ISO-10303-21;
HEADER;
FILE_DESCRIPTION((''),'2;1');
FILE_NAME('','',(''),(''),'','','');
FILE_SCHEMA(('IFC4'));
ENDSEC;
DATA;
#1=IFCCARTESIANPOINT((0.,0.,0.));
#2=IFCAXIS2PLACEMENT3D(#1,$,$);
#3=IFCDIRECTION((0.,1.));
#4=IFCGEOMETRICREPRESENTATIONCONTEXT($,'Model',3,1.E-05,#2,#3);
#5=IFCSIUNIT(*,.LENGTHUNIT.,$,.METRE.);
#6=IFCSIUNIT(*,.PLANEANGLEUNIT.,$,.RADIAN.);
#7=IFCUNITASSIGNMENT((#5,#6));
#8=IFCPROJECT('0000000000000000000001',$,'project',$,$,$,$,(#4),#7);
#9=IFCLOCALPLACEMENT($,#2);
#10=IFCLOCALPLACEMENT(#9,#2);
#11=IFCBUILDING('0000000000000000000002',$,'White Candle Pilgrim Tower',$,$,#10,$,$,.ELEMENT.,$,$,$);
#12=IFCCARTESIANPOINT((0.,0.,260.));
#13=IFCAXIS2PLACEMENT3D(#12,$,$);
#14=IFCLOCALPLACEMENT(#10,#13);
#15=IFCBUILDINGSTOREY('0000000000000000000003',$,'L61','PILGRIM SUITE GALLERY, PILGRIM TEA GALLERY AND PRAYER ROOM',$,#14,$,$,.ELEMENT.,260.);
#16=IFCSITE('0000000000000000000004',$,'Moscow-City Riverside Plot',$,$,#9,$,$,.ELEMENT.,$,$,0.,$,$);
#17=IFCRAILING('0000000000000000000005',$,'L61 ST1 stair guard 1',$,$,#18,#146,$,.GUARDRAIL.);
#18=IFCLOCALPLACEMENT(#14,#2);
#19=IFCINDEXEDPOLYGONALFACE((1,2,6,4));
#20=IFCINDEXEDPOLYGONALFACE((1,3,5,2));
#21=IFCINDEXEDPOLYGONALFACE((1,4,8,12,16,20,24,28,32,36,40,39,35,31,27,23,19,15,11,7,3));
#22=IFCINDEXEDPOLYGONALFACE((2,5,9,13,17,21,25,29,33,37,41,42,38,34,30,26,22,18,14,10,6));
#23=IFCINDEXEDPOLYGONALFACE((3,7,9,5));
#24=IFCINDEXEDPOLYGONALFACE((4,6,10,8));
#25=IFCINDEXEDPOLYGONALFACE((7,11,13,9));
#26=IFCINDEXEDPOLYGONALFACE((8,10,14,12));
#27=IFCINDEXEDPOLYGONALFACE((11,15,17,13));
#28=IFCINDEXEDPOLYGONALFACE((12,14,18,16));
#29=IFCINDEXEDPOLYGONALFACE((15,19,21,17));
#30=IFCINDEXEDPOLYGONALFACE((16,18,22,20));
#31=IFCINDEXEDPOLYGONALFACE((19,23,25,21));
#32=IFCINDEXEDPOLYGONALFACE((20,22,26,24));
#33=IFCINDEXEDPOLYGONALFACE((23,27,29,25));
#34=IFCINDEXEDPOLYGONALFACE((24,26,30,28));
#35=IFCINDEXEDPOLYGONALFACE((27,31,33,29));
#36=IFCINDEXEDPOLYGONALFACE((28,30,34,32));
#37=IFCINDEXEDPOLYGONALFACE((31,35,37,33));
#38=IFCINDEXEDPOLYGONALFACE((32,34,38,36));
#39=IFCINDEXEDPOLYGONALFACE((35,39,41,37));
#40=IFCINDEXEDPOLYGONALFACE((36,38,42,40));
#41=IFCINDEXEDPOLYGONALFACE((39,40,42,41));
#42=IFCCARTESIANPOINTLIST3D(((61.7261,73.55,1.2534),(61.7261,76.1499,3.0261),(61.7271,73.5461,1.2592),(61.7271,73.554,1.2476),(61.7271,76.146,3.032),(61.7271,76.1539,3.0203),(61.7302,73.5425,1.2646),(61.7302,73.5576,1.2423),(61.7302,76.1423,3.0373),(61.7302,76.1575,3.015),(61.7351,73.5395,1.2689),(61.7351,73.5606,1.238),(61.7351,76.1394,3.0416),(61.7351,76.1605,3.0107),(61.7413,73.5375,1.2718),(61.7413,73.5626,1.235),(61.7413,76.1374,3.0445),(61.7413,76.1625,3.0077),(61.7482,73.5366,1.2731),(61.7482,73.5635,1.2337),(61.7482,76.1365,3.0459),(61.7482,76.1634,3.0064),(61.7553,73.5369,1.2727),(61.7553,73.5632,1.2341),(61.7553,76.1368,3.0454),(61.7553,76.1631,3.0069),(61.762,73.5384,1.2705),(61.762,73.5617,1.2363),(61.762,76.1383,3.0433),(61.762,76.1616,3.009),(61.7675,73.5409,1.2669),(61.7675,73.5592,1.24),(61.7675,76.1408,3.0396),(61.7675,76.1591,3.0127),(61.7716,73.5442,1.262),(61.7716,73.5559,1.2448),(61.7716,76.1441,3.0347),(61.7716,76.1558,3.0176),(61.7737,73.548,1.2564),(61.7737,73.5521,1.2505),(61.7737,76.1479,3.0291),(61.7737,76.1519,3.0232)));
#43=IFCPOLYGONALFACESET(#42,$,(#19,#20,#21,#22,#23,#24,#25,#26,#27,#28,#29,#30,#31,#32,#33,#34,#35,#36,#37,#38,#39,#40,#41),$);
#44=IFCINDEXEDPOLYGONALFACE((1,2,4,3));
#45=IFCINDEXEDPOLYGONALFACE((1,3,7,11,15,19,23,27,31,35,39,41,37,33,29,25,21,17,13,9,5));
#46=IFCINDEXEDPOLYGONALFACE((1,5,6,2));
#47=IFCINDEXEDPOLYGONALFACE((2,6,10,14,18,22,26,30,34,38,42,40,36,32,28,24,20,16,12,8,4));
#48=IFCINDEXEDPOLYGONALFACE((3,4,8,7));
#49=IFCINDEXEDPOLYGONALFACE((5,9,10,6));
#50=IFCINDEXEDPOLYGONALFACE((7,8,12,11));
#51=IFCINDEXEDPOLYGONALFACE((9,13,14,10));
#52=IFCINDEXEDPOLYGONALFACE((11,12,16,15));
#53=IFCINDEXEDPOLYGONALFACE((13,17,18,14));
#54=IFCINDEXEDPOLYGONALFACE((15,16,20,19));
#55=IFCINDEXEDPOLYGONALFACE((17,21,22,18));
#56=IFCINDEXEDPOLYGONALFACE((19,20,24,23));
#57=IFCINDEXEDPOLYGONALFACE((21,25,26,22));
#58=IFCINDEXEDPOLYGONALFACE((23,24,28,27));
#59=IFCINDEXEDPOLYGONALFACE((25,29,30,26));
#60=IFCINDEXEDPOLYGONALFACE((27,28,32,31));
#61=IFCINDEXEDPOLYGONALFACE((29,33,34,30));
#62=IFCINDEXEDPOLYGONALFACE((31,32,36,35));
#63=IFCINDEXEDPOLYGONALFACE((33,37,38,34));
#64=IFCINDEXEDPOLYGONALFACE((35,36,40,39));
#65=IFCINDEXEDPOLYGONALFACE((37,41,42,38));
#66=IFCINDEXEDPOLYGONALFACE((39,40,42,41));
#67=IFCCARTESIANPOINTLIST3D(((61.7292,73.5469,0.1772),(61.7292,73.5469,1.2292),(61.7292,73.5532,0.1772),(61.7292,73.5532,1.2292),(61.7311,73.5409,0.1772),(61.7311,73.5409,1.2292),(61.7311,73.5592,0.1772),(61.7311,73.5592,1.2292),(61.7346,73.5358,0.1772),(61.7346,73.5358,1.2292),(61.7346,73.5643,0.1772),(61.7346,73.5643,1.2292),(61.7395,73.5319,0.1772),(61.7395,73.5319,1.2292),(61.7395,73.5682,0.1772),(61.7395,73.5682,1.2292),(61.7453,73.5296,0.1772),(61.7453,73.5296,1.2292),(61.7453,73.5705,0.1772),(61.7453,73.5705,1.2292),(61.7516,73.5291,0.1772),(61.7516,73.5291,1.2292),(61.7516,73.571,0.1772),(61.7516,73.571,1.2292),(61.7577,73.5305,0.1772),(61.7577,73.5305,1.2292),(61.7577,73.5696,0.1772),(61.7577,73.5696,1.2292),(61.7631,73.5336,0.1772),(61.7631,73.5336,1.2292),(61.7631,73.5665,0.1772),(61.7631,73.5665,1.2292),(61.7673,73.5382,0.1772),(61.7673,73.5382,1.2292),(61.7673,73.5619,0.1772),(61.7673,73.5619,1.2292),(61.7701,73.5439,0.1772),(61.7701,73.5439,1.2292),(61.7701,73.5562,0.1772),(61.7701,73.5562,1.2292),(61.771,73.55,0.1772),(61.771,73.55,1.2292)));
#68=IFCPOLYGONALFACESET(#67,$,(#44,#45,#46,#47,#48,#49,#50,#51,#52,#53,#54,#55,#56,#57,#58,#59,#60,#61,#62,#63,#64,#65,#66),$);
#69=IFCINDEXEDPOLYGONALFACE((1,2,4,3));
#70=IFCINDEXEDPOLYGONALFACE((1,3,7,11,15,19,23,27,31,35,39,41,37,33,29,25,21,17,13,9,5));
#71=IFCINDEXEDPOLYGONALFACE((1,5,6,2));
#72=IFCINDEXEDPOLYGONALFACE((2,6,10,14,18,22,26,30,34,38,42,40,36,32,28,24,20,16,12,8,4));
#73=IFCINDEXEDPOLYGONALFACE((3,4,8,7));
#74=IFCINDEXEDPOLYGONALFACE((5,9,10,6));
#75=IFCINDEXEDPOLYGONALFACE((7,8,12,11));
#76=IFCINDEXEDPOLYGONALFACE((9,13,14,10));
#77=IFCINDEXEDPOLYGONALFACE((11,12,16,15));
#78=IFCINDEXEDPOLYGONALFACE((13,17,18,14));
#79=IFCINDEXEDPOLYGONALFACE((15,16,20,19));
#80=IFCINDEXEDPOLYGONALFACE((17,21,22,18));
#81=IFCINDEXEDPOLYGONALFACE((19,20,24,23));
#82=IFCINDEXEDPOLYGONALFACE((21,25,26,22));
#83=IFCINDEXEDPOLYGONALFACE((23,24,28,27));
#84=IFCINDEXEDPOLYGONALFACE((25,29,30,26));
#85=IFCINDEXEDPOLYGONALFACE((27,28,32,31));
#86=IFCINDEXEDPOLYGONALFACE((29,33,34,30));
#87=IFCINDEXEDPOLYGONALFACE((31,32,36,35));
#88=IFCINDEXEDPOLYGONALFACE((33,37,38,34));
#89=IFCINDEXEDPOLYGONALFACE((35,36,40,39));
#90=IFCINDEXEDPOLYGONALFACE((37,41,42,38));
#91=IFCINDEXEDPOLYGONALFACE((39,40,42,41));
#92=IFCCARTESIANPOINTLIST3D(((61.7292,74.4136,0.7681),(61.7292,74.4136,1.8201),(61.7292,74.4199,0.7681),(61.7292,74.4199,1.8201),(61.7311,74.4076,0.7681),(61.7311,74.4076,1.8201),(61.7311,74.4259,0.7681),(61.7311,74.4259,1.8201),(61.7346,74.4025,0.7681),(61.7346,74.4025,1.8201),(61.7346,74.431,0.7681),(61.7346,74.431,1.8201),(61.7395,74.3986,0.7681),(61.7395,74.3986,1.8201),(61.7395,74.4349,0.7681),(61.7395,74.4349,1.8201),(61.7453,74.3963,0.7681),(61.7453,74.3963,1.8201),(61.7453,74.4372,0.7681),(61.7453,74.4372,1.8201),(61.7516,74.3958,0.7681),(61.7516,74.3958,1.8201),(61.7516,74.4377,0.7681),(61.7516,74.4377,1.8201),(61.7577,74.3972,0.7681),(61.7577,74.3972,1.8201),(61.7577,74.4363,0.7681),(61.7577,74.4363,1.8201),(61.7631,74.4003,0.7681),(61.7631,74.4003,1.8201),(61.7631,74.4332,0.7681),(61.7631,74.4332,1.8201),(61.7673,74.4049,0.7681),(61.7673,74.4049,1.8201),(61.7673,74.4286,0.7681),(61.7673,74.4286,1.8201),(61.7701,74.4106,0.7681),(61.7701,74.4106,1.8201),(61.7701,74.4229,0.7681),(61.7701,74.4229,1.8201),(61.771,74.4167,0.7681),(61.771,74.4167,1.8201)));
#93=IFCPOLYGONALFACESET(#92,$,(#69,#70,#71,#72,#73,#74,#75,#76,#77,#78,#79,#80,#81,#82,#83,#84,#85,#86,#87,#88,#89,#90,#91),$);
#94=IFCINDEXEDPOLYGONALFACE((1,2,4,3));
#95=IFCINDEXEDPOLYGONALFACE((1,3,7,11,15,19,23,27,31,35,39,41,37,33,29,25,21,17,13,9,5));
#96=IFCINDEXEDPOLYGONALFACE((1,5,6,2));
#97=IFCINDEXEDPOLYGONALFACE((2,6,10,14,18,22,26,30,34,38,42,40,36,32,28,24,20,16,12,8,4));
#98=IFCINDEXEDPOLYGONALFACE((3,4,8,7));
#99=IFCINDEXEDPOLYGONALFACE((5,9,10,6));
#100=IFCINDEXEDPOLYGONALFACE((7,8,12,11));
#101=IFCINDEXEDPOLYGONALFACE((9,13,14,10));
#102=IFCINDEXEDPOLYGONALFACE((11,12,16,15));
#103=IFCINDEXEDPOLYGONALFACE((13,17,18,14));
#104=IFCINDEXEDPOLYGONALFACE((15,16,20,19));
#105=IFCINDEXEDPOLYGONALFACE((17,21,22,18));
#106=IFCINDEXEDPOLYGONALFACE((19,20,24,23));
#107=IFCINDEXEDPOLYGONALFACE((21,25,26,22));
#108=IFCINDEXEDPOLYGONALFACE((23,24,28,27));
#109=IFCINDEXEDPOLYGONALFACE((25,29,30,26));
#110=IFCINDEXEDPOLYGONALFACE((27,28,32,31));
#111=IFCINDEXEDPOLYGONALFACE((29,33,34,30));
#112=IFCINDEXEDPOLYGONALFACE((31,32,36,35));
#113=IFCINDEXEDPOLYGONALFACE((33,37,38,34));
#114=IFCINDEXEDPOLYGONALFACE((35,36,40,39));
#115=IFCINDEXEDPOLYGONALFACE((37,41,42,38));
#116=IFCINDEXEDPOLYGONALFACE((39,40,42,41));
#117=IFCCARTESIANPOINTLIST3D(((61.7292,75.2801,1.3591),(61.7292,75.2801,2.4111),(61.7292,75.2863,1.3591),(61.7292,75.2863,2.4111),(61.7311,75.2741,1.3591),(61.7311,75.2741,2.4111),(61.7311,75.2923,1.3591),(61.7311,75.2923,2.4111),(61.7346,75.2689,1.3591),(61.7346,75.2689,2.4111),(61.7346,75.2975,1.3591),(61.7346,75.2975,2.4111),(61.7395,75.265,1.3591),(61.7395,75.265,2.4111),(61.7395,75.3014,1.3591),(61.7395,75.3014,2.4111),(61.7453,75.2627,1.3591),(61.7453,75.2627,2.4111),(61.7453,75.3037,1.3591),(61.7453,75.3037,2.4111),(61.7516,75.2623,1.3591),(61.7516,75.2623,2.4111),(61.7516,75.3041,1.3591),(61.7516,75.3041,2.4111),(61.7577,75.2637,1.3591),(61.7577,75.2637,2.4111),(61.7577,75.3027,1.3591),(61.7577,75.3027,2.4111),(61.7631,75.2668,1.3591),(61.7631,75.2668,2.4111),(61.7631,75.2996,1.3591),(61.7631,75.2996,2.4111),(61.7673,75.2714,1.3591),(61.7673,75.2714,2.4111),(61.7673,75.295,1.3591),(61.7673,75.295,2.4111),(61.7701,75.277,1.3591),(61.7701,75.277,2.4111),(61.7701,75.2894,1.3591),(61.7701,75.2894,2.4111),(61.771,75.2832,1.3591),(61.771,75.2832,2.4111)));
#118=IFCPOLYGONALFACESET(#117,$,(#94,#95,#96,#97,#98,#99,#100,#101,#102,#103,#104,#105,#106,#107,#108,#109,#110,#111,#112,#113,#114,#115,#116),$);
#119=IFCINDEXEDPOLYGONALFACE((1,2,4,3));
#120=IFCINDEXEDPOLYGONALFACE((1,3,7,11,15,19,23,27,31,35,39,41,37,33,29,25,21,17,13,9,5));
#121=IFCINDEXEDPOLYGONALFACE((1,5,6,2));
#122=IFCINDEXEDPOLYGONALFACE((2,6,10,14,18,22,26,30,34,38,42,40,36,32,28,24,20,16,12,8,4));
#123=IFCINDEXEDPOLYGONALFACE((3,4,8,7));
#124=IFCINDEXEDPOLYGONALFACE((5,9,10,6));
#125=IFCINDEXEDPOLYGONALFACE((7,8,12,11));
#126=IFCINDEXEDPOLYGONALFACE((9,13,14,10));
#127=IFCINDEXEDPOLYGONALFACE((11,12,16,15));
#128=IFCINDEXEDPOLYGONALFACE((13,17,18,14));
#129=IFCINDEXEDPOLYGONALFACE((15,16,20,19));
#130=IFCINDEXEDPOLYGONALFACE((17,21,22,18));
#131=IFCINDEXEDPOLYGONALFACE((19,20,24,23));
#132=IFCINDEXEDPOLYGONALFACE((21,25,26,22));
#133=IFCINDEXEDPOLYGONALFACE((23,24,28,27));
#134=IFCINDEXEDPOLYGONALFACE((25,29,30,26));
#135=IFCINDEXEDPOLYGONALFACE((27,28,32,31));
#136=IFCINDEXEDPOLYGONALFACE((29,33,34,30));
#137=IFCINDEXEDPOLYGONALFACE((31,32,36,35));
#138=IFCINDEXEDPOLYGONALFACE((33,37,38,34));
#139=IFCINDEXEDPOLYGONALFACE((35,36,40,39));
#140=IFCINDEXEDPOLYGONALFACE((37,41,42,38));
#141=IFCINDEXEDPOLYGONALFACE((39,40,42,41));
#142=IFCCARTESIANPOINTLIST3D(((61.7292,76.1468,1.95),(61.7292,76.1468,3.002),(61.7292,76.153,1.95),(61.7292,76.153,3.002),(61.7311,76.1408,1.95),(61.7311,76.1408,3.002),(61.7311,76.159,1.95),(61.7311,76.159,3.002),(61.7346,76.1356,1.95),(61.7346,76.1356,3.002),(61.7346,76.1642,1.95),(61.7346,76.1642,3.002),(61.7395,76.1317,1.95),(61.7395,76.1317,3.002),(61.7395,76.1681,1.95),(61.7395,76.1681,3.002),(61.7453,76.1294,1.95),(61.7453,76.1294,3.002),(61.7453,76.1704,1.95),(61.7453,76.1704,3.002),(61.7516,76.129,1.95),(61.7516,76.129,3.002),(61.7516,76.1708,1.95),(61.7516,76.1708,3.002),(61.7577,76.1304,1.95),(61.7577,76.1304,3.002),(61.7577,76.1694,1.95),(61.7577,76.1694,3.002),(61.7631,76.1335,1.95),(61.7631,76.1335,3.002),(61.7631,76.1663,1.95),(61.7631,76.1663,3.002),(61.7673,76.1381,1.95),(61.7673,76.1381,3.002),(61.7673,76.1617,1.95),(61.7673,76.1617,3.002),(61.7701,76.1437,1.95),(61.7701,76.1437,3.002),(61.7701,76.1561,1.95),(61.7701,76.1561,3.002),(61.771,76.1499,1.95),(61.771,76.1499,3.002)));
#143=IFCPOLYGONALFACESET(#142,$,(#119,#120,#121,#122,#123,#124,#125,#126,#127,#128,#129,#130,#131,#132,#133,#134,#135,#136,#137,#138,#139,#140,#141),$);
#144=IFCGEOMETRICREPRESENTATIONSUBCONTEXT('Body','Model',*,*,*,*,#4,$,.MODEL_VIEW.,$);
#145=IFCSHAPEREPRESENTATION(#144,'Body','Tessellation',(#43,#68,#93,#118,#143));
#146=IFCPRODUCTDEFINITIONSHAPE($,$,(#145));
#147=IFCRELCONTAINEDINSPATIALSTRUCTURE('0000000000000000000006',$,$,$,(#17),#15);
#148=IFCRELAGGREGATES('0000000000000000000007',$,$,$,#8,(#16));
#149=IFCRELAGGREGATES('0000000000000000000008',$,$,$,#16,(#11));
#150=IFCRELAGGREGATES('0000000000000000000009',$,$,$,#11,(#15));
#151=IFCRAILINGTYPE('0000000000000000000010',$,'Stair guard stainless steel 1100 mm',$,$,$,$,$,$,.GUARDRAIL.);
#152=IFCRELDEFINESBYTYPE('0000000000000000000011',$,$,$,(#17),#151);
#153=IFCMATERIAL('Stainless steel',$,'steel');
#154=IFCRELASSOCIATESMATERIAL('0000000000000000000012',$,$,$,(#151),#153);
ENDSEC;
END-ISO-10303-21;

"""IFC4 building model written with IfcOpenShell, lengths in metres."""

from ifc_helpers import new_model, si_unit, direction, frame, origin, origin_2d, place, context, subcontext, project, spatial, circle, extrude, material, type_object, element, save


model = new_model("IFC4")

# Units and contexts
model_context = context("Model", 3, precision=1e-05, world=origin(), true_north=direction((0.0, 1.0)))
body_context = subcontext(model_context, "Body", "Model", "MODEL_VIEW")
ifc_project = project(units=[si_unit("LENGTHUNIT", "METRE"), si_unit("PLANEANGLEUNIT", "RADIAN")], contexts=[model_context])

# Site, building, storey
site_placement = place(None, origin())
site = spatial("IfcSite", under=ifc_project, at=site_placement, Name="Moscow-City Riverside Plot", CompositionType="ELEMENT", RefElevation=0.0)
building_placement = place(site_placement, origin())
building = spatial("IfcBuilding", under=site, at=building_placement, Name="White Candle Pilgrim Tower", CompositionType="ELEMENT")
storey_placement = place(building_placement, frame((0.0, 0.0, 260.0)))
storey = spatial("IfcBuildingStorey", under=building, at=storey_placement, Name="L61", Description="PILGRIM SUITE GALLERY, PILGRIM TEA GALLERY AND PRAYER ROOM", CompositionType="ELEMENT", Elevation=260.0)

# Railing
ifc_material_1 = material(Name="Stainless steel", Category="steel")
railing_type_1 = type_object("IfcRailingType", Name="Stair guard stainless steel 1100 mm", PredefinedType="GUARDRAIL", material=ifc_material_1)
railing_1_placement = place(storey_placement, frame((61.75, 73.55, 0.1772)))
element("IfcRailing", 1, at=railing_1_placement, inside=storey, type_object=railing_type_1, Name="L61 ST1 stair guard 1", PredefinedType="GUARDRAIL", context=body_context, shape_type="SweptSolid", body=[
    extrude(circle(Radius=0.0239, at=origin_2d()), frame((0.0, 0.0, 1.0762), z_axis=(0.0, 0.826216, 0.563354), x_axis=(-1.0, 0.0, 0.0)), (0.0, 0.0, 1.0), 3.1467),
    extrude(circle(Radius=0.021, at=origin_2d()), origin(), (0.0, 0.0, 1.0), 1.052),
    extrude(circle(Radius=0.021, at=origin_2d()), frame((0.0, 0.8667, 0.5908)), (0.0, 0.0, 1.0), 1.052),
    extrude(circle(Radius=0.021, at=origin_2d()), frame((0.0, 1.7332, 1.1819)), (0.0, 0.0, 1.0), 1.052),
    extrude(circle(Radius=0.021, at=origin_2d()), frame((0.0, 2.5999, 1.7727)), (0.0, 0.0, 1.0), 1.052),
])

save(model, "model.ifc")
